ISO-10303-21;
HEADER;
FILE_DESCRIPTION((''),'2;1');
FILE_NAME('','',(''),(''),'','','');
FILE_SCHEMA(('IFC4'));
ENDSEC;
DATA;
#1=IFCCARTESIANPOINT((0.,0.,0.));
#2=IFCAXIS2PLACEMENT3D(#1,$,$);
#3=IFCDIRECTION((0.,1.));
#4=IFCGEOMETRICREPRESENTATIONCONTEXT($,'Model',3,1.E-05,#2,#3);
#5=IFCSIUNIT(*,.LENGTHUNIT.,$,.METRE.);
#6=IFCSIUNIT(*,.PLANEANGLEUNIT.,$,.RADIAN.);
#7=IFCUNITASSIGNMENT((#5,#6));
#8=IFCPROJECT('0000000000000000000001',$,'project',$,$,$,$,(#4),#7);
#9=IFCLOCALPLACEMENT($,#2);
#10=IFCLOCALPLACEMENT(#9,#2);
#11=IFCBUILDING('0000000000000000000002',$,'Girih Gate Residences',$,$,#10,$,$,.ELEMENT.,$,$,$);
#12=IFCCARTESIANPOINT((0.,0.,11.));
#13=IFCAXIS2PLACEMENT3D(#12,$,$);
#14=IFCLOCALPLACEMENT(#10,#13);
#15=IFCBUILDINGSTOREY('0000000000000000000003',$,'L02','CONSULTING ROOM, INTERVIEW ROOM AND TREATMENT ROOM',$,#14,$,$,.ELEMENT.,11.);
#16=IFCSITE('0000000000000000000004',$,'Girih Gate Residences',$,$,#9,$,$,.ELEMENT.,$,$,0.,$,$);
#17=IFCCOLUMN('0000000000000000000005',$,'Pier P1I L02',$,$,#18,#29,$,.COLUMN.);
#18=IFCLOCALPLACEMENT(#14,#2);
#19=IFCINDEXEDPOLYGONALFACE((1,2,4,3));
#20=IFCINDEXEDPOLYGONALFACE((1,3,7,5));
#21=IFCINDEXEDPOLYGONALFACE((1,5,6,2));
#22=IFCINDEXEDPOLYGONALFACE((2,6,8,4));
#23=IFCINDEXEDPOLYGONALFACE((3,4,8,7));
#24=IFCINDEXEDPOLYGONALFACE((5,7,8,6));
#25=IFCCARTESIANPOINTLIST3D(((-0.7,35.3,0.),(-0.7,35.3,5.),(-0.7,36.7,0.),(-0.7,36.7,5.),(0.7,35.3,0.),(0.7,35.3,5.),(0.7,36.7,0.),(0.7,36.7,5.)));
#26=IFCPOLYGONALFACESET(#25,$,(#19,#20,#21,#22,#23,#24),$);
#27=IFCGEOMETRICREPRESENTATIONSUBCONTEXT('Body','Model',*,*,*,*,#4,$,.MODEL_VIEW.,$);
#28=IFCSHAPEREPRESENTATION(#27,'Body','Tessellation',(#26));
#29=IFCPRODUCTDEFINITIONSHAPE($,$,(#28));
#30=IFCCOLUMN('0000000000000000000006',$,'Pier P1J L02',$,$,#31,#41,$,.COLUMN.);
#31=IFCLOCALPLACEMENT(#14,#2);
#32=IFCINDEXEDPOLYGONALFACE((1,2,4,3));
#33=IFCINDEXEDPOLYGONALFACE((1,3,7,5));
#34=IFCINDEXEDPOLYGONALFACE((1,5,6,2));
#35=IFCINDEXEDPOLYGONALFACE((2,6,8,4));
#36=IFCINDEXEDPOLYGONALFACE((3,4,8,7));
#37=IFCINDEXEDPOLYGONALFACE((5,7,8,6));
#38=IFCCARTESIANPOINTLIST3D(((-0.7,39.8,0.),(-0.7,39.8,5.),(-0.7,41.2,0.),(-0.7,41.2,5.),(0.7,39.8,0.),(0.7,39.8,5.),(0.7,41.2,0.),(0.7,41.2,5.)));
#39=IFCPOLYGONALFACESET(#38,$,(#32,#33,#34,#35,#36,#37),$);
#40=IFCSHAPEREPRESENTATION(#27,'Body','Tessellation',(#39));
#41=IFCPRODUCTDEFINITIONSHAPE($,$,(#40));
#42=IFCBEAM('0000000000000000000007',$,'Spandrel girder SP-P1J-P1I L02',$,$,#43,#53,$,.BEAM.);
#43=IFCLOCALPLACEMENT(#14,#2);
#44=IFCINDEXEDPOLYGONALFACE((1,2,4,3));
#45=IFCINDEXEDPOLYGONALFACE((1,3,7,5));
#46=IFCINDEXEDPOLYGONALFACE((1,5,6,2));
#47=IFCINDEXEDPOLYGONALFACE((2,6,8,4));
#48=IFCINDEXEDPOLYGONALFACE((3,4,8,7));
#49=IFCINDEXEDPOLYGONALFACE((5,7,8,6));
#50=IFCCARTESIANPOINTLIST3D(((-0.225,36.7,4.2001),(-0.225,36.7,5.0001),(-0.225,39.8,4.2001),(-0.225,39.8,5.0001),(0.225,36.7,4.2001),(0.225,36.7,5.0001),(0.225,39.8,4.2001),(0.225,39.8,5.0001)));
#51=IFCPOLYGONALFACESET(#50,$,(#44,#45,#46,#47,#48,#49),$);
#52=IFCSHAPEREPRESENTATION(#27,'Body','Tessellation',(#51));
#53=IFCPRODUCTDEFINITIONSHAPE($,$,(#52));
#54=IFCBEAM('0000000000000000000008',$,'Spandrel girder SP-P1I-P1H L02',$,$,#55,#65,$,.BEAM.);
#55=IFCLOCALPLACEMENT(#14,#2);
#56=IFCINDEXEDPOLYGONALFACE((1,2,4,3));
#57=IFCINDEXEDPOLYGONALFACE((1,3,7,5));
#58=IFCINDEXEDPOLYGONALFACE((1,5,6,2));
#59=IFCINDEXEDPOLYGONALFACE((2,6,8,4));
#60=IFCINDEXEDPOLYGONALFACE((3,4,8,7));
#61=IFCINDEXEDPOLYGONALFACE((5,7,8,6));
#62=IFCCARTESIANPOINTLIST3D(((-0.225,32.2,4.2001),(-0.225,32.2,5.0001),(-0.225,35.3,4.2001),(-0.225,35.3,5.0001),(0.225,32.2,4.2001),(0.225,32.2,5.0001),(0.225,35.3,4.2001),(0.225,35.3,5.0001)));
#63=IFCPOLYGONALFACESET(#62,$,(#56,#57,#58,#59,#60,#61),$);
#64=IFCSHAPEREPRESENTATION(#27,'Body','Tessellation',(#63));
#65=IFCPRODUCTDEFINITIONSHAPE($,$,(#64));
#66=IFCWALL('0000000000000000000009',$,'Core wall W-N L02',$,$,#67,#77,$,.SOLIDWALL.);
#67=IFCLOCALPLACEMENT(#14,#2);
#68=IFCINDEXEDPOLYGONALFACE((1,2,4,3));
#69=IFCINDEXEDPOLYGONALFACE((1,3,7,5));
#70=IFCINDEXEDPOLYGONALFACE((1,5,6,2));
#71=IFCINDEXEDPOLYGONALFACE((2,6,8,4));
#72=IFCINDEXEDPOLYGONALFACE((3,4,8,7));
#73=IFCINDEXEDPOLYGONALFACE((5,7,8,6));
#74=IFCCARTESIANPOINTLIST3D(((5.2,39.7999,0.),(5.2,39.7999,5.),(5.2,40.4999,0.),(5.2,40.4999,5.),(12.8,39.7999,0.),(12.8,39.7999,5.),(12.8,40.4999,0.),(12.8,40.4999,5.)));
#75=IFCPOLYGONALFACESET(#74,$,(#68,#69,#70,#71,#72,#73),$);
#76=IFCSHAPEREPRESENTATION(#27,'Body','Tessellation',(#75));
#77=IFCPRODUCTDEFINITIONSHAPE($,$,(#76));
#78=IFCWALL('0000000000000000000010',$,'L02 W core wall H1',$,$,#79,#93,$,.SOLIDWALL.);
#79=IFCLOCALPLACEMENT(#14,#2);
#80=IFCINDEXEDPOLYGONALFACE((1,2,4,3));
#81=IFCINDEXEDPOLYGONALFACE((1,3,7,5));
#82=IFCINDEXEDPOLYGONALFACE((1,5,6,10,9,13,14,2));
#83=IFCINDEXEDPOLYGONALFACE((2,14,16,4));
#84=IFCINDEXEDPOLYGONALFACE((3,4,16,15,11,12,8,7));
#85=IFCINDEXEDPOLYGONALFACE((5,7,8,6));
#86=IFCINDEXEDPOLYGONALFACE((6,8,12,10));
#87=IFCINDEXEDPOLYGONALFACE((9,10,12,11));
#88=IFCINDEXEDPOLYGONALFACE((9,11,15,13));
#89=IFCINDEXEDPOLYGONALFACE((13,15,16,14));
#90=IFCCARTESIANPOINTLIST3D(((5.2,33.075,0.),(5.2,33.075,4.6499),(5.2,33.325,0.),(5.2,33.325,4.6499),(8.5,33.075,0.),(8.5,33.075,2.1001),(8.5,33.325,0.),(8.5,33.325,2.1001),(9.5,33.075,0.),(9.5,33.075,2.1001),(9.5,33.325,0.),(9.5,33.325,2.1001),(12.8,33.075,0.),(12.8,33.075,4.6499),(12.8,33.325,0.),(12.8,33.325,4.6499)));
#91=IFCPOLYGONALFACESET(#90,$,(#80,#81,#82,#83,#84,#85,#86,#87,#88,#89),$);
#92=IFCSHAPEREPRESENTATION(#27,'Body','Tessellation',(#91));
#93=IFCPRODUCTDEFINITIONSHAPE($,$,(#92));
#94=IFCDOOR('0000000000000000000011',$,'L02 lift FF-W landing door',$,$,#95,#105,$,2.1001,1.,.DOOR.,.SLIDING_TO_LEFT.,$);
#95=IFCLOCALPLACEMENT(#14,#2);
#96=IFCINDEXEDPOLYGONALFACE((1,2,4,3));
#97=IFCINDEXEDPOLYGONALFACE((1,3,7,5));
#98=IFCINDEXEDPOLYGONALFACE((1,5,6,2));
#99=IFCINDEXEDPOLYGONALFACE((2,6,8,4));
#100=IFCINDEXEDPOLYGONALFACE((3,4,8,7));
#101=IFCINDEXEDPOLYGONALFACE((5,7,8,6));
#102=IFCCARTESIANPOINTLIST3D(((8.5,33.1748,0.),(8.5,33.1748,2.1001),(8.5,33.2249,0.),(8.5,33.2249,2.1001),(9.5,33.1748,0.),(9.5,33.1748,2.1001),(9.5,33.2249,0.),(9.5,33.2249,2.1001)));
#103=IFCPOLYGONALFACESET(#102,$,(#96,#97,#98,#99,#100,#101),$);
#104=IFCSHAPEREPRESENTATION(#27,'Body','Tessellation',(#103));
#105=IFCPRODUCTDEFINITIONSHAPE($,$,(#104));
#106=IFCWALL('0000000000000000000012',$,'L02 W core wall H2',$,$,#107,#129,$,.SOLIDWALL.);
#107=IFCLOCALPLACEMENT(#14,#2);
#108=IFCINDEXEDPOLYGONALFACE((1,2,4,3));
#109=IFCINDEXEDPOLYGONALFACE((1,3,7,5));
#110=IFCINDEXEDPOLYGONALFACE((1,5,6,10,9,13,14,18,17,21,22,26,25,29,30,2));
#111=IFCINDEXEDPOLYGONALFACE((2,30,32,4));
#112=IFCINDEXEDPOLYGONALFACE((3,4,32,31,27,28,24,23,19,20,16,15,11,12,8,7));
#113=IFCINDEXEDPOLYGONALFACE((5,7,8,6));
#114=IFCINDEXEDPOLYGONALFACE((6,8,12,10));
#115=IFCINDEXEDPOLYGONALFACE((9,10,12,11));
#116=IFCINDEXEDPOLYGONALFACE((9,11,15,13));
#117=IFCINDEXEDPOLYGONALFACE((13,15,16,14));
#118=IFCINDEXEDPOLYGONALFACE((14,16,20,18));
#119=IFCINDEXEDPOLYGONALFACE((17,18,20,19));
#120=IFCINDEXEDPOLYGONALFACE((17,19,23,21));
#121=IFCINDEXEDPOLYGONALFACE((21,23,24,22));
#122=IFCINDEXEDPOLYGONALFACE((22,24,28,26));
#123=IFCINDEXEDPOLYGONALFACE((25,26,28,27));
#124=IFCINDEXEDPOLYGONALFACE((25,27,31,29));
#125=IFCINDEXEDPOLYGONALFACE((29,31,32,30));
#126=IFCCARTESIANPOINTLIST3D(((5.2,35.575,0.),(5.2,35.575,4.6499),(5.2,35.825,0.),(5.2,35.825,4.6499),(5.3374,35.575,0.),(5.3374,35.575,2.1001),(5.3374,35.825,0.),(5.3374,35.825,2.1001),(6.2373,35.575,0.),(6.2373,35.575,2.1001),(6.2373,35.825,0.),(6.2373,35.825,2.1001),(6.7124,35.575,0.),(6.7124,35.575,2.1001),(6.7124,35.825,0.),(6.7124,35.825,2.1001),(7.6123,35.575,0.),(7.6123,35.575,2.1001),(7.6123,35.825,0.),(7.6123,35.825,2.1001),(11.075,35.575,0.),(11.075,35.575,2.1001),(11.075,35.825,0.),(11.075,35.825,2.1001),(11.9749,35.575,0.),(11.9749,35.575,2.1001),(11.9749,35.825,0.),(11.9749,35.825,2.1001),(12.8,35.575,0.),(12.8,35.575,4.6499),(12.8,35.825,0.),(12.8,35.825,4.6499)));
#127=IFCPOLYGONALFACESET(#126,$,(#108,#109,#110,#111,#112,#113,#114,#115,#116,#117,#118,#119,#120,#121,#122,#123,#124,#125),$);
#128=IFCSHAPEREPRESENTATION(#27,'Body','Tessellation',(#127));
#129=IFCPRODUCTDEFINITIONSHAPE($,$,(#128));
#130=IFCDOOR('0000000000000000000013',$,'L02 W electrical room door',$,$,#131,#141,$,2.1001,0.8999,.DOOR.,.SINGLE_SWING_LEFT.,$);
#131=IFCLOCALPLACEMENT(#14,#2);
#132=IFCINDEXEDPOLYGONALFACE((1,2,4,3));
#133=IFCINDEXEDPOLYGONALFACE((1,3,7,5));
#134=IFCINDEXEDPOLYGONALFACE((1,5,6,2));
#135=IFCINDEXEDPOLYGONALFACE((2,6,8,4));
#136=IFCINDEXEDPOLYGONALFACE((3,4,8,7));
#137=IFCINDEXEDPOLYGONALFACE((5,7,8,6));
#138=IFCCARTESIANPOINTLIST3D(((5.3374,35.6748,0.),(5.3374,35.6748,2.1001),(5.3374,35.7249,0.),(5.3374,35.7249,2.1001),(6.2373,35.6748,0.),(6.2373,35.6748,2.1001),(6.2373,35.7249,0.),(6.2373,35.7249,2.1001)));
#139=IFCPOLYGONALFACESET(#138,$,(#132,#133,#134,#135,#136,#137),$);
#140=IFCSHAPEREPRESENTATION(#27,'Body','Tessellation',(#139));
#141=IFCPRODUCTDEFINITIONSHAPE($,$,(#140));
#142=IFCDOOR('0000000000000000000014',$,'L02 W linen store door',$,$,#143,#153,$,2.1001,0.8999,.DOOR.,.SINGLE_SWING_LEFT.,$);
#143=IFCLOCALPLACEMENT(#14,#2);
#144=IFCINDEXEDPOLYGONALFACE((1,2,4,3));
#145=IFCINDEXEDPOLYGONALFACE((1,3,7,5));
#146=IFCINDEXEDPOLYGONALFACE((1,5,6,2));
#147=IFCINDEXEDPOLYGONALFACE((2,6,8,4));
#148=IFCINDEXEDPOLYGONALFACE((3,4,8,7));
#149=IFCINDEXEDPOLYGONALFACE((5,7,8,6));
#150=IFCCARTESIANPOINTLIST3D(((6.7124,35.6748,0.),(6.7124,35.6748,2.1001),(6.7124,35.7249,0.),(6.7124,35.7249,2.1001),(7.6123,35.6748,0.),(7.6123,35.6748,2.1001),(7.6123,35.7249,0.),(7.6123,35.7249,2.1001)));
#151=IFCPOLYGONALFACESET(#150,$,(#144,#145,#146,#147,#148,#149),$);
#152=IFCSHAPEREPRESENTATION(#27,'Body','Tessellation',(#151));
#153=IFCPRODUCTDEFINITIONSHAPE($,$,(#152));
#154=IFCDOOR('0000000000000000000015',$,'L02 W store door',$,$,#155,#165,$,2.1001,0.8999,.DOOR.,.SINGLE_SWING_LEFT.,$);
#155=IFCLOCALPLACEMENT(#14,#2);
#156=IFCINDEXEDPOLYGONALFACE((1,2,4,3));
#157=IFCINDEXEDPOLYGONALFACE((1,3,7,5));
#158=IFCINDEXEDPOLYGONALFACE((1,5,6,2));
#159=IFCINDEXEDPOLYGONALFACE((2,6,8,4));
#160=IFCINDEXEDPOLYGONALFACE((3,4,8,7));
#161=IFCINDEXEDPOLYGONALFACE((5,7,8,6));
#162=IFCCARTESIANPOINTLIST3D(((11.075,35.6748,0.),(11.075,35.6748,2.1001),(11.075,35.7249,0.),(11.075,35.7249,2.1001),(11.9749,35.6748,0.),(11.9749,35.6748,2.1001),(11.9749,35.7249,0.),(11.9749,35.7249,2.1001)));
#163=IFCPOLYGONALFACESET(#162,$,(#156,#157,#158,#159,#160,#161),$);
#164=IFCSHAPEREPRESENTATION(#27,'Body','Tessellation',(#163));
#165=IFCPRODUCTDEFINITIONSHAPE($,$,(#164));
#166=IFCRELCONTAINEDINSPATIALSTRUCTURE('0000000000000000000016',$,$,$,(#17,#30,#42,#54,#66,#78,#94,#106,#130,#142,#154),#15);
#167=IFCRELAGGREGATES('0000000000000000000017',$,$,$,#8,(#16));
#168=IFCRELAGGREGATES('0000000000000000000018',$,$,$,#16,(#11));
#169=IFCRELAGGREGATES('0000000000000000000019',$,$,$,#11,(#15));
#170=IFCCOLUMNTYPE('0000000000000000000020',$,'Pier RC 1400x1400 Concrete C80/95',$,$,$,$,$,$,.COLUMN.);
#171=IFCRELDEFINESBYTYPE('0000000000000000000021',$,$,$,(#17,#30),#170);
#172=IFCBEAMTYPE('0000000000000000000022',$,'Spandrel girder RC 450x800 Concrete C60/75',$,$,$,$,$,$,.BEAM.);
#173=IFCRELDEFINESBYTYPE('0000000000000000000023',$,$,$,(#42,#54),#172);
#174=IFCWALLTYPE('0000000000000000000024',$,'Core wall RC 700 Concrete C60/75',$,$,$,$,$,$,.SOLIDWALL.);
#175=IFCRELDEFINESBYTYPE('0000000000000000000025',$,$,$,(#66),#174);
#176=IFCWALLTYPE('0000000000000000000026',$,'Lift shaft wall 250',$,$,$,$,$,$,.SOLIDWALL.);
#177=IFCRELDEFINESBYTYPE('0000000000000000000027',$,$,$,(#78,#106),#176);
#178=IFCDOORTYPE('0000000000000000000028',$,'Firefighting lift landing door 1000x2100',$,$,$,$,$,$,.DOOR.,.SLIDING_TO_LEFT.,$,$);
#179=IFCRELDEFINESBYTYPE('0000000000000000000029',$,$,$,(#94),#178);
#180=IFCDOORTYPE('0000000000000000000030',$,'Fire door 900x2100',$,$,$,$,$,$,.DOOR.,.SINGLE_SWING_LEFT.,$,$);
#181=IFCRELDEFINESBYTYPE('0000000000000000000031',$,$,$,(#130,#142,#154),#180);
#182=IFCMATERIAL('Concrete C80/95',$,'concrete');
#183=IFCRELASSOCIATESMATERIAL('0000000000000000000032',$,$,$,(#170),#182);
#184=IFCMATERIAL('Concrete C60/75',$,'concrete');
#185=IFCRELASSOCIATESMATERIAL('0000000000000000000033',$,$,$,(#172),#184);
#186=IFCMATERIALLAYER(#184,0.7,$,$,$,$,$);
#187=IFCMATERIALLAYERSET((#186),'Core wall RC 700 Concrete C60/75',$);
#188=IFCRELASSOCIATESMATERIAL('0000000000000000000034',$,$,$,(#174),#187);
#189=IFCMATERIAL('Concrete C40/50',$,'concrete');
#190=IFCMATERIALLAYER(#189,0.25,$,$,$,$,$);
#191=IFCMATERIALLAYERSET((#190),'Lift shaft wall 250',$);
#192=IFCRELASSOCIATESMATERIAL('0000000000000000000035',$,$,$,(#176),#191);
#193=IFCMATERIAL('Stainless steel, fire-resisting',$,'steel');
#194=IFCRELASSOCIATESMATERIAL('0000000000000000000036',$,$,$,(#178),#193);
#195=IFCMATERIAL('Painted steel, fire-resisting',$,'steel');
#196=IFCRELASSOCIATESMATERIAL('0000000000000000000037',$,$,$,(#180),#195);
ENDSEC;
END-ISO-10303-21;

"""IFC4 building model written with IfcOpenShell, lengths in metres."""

from ifc_helpers import new_model, si_unit, direction, frame, frame_2d, origin, origin_2d, place, context, subcontext, project, spatial, rectangle, extrude, material, layer, layer_set, material_profile, profile_set, type_object, element, fill, save


model = new_model("IFC4")

# Units and contexts
model_context = context("Model", 3, precision=1e-05, world=origin(), true_north=direction((0.0, 1.0)))
body_context = subcontext(model_context, "Body", "Model", "MODEL_VIEW")
ifc_project = project(units=[si_unit("LENGTHUNIT", "METRE"), si_unit("PLANEANGLEUNIT", "RADIAN")], contexts=[model_context])

# Site, building, storey
site_placement = place(None, origin())
site = spatial("IfcSite", under=ifc_project, at=site_placement, Name="Girih Gate Residences", CompositionType="ELEMENT", RefElevation=0.0)
building_placement = place(site_placement, origin())
building = spatial("IfcBuilding", under=site, at=building_placement, Name="Girih Gate Residences", CompositionType="ELEMENT")
storey_placement = place(building_placement, frame((0.0, 0.0, 11.0)))
storey = spatial("IfcBuildingStorey", under=building, at=storey_placement, Name="L02", Description="CONSULTING ROOM, INTERVIEW ROOM AND TREATMENT ROOM", CompositionType="ELEMENT", Elevation=11.0)

# Columns
ifc_material_1 = material(Name="Concrete C80/95", Category="concrete")
ifc_material_profile_1 = material_profile(ifc_material_1, rectangle(XDim=1.3999, YDim=1.3999, at=origin_2d()))
ifc_profile_set_1 = profile_set([ifc_material_profile_1], Name="Concrete C80/95")
column_type = type_object("IfcColumnType", Name="Pier RC 1400x1400 Concrete C80/95", PredefinedType="COLUMN", material=ifc_profile_set_1)
for number, where, z_axis, x_axis, name in (
    (1, (0.0, 36.0, 0.0), (0.0, 0.0, 1.0), (1.0, 0.0, 0.0), "Pier P1I L02"),
    (2, (0.0, 40.5, 0.0), (0.0, 0.0, 1.0), (1.0, 0.0, 0.0), "Pier P1J L02"),
):
    element("IfcColumn", number, at=place(storey_placement, frame(where, z_axis=z_axis, x_axis=x_axis)), inside=storey, type_object=column_type, Name=name, PredefinedType="COLUMN", context=body_context, shape_type="SweptSolid", body=[
        extrude(rectangle(XDim=1.3999, YDim=1.3999, at=origin_2d()), origin(), (0.0, 0.0, 1.0), 5.0),
    ])

# Beams
ifc_material_2 = material(Name="Concrete C60/75", Category="concrete")
ifc_material_profile_2 = material_profile(ifc_material_2, rectangle(XDim=0.45, YDim=0.8, at=origin_2d()))
ifc_profile_set_2 = profile_set([ifc_material_profile_2], Name="Concrete C60/75")
beam_type = type_object("IfcBeamType", Name="Spandrel girder RC 450x800 Concrete C60/75", PredefinedType="BEAM", material=ifc_profile_set_2)
for number, where, z_axis, x_axis, name in (
    (3, (0.0, 39.8, 4.6001), (0.0, -1.0, 0.0), (1.0, 0.0, 0.0), "Spandrel girder SP-P1J-P1I L02"),
    (4, (0.0, 35.3, 4.6001), (0.0, -1.0, 0.0), (1.0, 0.0, 0.0), "Spandrel girder SP-P1I-P1H L02"),
):
    element("IfcBeam", number, at=place(storey_placement, frame(where, z_axis=z_axis, x_axis=x_axis)), inside=storey, type_object=beam_type, Name=name, PredefinedType="BEAM", context=body_context, shape_type="SweptSolid", body=[
        extrude(rectangle(XDim=0.45, YDim=0.8, at=origin_2d()), origin(), (0.0, 0.0, 1.0), 3.1001),
    ])

# Wall
ifc_layer_1 = layer(ifc_material_2, 0.7)
ifc_layer_set_1 = layer_set([ifc_layer_1], Name="Core wall RC 700 Concrete C60/75")
wall_type_1 = type_object("IfcWallType", Name="Core wall RC 700 Concrete C60/75", PredefinedType="SOLIDWALL", material=ifc_layer_set_1)
wall_1_placement = place(storey_placement, frame((5.2, 40.1499, 0.0), z_axis=(0.0, 0.0, 1.0), x_axis=(1.0, 0.0, 0.0)))
element("IfcWall", 5, at=wall_1_placement, inside=storey, type_object=wall_type_1, Name="Core wall W-N L02", PredefinedType="SOLIDWALL", context=body_context, shape_type="SweptSolid", body=[
    extrude(rectangle(XDim=7.6001, YDim=0.7, at=frame_2d((3.8, 0.0))), origin(), (0.0, 0.0, 1.0), 5.0),
])

# Wall, opening, door
ifc_material_3 = material(Name="Concrete C40/50", Category="concrete")
ifc_layer_2 = layer(ifc_material_3, 0.25)
ifc_layer_set_2 = layer_set([ifc_layer_2], Name="Lift shaft wall 250")
wall_type_2 = type_object("IfcWallType", Name="Lift shaft wall 250", PredefinedType="SOLIDWALL", material=ifc_layer_set_2)
wall_2_placement = place(storey_placement, frame((5.2, 33.2, 0.0), z_axis=(0.0, 0.0, 1.0), x_axis=(1.0, 0.0, 0.0)))
wall_2 = element("IfcWall", 6, at=wall_2_placement, inside=storey, type_object=wall_type_2, Name="L02 W core wall H1", PredefinedType="SOLIDWALL", context=body_context, shape_type="SweptSolid", body=[
    extrude(rectangle(XDim=7.6001, YDim=0.25, at=frame_2d((3.8, 0.0))), origin(), (0.0, 0.0, 1.0), 4.6499),
])
opening_1_placement = place(wall_2_placement, frame((3.3, 0.0, 0.0)))
opening_1 = element("IfcOpeningElement", 7, at=opening_1_placement, cuts=wall_2, PredefinedType="OPENING", context=body_context, shape_type="SweptSolid", body=[
    extrude(rectangle(XDim=1.0, YDim=2.1001, at=frame_2d((0.5, 1.05))), frame((0.0, 0.135, 0.0), z_axis=(0.0, -1.0, 0.0), x_axis=(1.0, 0.0, 0.0)), (0.0, 0.0, 1.0), 0.27),
])
ifc_material_4 = material(Name="Stainless steel, fire-resisting", Category="steel")
door_type_1 = type_object("IfcDoorType", Name="Firefighting lift landing door 1000x2100", OperationType="SLIDING_TO_LEFT", PredefinedType="DOOR", material=ifc_material_4)
door_1_placement = place(opening_1_placement, origin())
door_1 = element("IfcDoor", 8, at=door_1_placement, inside=storey, type_object=door_type_1, Name="L02 lift FF-W landing door", OperationType="SLIDING_TO_LEFT", OverallHeight=2.1001, OverallWidth=1.0, PredefinedType="DOOR", context=body_context, shape_type="SweptSolid", body=[
    extrude(rectangle(XDim=1.0, YDim=2.1001, at=frame_2d((0.5, 1.05))), frame((0.0, 0.0249, 0.0), z_axis=(0.0, -1.0, 0.0), x_axis=(1.0, 0.0, 0.0)), (0.0, 0.0, 1.0), 0.05),
])
fill(opening_1, door_1)

# Wall, openings, doors
wall_3_placement = place(storey_placement, frame((5.2, 35.7, 0.0), z_axis=(0.0, 0.0, 1.0), x_axis=(1.0, 0.0, 0.0)))
wall_3 = element("IfcWall", 9, at=wall_3_placement, inside=storey, type_object=wall_type_2, Name="L02 W core wall H2", PredefinedType="SOLIDWALL", context=body_context, shape_type="SweptSolid", body=[
    extrude(rectangle(XDim=7.6001, YDim=0.25, at=frame_2d((3.8, 0.0))), origin(), (0.0, 0.0, 1.0), 4.6499),
])
opening_2_placement = place(wall_3_placement, frame((0.1375, 0.0, 0.0)))
opening_2 = element("IfcOpeningElement", 10, at=opening_2_placement, cuts=wall_3, PredefinedType="OPENING", context=body_context, shape_type="SweptSolid", body=[
    extrude(rectangle(XDim=0.8999, YDim=2.1001, at=frame_2d((0.45, 1.05))), frame((0.0, 0.135, 0.0), z_axis=(0.0, -1.0, 0.0), x_axis=(1.0, 0.0, 0.0)), (0.0, 0.0, 1.0), 0.27),
])
opening_3_placement = place(wall_3_placement, frame((1.5125, 0.0, 0.0)))
opening_3 = element("IfcOpeningElement", 11, at=opening_3_placement, cuts=wall_3, PredefinedType="OPENING", context=body_context, shape_type="SweptSolid", body=[
    extrude(rectangle(XDim=0.8999, YDim=2.1001, at=frame_2d((0.45, 1.05))), frame((0.0, 0.135, 0.0), z_axis=(0.0, -1.0, 0.0), x_axis=(1.0, 0.0, 0.0)), (0.0, 0.0, 1.0), 0.27),
])
opening_4_placement = place(wall_3_placement, frame((5.875, 0.0, 0.0)))
opening_4 = element("IfcOpeningElement", 12, at=opening_4_placement, cuts=wall_3, PredefinedType="OPENING", context=body_context, shape_type="SweptSolid", body=[
    extrude(rectangle(XDim=0.8999, YDim=2.1001, at=frame_2d((0.45, 1.05))), frame((0.0, 0.135, 0.0), z_axis=(0.0, -1.0, 0.0), x_axis=(1.0, 0.0, 0.0)), (0.0, 0.0, 1.0), 0.27),
])
ifc_material_5 = material(Name="Painted steel, fire-resisting", Category="steel")
door_type_2 = type_object("IfcDoorType", Name="Fire door 900x2100", OperationType="SINGLE_SWING_LEFT", PredefinedType="DOOR", material=ifc_material_5)
door_2_placement = place(opening_2_placement, origin())
door_2 = element("IfcDoor", 13, at=door_2_placement, inside=storey, type_object=door_type_2, Name="L02 W electrical room door", OperationType="SINGLE_SWING_LEFT", OverallHeight=2.1001, OverallWidth=0.8999, PredefinedType="DOOR", context=body_context, shape_type="SweptSolid", body=[
    extrude(rectangle(XDim=0.8999, YDim=2.1001, at=frame_2d((0.45, 1.05))), frame((0.0, 0.0249, 0.0), z_axis=(0.0, -1.0, 0.0), x_axis=(1.0, 0.0, 0.0)), (0.0, 0.0, 1.0), 0.05),
])
fill(opening_2, door_2)
door_3_placement = place(opening_3_placement, origin())
door_3 = element("IfcDoor", 14, at=door_3_placement, inside=storey, type_object=door_type_2, Name="L02 W linen store door", OperationType="SINGLE_SWING_LEFT", OverallHeight=2.1001, OverallWidth=0.8999, PredefinedType="DOOR", context=body_context, shape_type="SweptSolid", body=[
    extrude(rectangle(XDim=0.8999, YDim=2.1001, at=frame_2d((0.45, 1.05))), frame((0.0, 0.0249, 0.0), z_axis=(0.0, -1.0, 0.0), x_axis=(1.0, 0.0, 0.0)), (0.0, 0.0, 1.0), 0.05),
])
fill(opening_3, door_3)
door_4_placement = place(opening_4_placement, origin())
door_4 = element("IfcDoor", 15, at=door_4_placement, inside=storey, type_object=door_type_2, Name="L02 W store door", OperationType="SINGLE_SWING_LEFT", OverallHeight=2.1001, OverallWidth=0.8999, PredefinedType="DOOR", context=body_context, shape_type="SweptSolid", body=[
    extrude(rectangle(XDim=0.8999, YDim=2.1001, at=frame_2d((0.45, 1.05))), frame((0.0, 0.0249, 0.0), z_axis=(0.0, -1.0, 0.0), x_axis=(1.0, 0.0, 0.0)), (0.0, 0.0, 1.0), 0.05),
])
fill(opening_4, door_4)

save(model, "model.ifc")
